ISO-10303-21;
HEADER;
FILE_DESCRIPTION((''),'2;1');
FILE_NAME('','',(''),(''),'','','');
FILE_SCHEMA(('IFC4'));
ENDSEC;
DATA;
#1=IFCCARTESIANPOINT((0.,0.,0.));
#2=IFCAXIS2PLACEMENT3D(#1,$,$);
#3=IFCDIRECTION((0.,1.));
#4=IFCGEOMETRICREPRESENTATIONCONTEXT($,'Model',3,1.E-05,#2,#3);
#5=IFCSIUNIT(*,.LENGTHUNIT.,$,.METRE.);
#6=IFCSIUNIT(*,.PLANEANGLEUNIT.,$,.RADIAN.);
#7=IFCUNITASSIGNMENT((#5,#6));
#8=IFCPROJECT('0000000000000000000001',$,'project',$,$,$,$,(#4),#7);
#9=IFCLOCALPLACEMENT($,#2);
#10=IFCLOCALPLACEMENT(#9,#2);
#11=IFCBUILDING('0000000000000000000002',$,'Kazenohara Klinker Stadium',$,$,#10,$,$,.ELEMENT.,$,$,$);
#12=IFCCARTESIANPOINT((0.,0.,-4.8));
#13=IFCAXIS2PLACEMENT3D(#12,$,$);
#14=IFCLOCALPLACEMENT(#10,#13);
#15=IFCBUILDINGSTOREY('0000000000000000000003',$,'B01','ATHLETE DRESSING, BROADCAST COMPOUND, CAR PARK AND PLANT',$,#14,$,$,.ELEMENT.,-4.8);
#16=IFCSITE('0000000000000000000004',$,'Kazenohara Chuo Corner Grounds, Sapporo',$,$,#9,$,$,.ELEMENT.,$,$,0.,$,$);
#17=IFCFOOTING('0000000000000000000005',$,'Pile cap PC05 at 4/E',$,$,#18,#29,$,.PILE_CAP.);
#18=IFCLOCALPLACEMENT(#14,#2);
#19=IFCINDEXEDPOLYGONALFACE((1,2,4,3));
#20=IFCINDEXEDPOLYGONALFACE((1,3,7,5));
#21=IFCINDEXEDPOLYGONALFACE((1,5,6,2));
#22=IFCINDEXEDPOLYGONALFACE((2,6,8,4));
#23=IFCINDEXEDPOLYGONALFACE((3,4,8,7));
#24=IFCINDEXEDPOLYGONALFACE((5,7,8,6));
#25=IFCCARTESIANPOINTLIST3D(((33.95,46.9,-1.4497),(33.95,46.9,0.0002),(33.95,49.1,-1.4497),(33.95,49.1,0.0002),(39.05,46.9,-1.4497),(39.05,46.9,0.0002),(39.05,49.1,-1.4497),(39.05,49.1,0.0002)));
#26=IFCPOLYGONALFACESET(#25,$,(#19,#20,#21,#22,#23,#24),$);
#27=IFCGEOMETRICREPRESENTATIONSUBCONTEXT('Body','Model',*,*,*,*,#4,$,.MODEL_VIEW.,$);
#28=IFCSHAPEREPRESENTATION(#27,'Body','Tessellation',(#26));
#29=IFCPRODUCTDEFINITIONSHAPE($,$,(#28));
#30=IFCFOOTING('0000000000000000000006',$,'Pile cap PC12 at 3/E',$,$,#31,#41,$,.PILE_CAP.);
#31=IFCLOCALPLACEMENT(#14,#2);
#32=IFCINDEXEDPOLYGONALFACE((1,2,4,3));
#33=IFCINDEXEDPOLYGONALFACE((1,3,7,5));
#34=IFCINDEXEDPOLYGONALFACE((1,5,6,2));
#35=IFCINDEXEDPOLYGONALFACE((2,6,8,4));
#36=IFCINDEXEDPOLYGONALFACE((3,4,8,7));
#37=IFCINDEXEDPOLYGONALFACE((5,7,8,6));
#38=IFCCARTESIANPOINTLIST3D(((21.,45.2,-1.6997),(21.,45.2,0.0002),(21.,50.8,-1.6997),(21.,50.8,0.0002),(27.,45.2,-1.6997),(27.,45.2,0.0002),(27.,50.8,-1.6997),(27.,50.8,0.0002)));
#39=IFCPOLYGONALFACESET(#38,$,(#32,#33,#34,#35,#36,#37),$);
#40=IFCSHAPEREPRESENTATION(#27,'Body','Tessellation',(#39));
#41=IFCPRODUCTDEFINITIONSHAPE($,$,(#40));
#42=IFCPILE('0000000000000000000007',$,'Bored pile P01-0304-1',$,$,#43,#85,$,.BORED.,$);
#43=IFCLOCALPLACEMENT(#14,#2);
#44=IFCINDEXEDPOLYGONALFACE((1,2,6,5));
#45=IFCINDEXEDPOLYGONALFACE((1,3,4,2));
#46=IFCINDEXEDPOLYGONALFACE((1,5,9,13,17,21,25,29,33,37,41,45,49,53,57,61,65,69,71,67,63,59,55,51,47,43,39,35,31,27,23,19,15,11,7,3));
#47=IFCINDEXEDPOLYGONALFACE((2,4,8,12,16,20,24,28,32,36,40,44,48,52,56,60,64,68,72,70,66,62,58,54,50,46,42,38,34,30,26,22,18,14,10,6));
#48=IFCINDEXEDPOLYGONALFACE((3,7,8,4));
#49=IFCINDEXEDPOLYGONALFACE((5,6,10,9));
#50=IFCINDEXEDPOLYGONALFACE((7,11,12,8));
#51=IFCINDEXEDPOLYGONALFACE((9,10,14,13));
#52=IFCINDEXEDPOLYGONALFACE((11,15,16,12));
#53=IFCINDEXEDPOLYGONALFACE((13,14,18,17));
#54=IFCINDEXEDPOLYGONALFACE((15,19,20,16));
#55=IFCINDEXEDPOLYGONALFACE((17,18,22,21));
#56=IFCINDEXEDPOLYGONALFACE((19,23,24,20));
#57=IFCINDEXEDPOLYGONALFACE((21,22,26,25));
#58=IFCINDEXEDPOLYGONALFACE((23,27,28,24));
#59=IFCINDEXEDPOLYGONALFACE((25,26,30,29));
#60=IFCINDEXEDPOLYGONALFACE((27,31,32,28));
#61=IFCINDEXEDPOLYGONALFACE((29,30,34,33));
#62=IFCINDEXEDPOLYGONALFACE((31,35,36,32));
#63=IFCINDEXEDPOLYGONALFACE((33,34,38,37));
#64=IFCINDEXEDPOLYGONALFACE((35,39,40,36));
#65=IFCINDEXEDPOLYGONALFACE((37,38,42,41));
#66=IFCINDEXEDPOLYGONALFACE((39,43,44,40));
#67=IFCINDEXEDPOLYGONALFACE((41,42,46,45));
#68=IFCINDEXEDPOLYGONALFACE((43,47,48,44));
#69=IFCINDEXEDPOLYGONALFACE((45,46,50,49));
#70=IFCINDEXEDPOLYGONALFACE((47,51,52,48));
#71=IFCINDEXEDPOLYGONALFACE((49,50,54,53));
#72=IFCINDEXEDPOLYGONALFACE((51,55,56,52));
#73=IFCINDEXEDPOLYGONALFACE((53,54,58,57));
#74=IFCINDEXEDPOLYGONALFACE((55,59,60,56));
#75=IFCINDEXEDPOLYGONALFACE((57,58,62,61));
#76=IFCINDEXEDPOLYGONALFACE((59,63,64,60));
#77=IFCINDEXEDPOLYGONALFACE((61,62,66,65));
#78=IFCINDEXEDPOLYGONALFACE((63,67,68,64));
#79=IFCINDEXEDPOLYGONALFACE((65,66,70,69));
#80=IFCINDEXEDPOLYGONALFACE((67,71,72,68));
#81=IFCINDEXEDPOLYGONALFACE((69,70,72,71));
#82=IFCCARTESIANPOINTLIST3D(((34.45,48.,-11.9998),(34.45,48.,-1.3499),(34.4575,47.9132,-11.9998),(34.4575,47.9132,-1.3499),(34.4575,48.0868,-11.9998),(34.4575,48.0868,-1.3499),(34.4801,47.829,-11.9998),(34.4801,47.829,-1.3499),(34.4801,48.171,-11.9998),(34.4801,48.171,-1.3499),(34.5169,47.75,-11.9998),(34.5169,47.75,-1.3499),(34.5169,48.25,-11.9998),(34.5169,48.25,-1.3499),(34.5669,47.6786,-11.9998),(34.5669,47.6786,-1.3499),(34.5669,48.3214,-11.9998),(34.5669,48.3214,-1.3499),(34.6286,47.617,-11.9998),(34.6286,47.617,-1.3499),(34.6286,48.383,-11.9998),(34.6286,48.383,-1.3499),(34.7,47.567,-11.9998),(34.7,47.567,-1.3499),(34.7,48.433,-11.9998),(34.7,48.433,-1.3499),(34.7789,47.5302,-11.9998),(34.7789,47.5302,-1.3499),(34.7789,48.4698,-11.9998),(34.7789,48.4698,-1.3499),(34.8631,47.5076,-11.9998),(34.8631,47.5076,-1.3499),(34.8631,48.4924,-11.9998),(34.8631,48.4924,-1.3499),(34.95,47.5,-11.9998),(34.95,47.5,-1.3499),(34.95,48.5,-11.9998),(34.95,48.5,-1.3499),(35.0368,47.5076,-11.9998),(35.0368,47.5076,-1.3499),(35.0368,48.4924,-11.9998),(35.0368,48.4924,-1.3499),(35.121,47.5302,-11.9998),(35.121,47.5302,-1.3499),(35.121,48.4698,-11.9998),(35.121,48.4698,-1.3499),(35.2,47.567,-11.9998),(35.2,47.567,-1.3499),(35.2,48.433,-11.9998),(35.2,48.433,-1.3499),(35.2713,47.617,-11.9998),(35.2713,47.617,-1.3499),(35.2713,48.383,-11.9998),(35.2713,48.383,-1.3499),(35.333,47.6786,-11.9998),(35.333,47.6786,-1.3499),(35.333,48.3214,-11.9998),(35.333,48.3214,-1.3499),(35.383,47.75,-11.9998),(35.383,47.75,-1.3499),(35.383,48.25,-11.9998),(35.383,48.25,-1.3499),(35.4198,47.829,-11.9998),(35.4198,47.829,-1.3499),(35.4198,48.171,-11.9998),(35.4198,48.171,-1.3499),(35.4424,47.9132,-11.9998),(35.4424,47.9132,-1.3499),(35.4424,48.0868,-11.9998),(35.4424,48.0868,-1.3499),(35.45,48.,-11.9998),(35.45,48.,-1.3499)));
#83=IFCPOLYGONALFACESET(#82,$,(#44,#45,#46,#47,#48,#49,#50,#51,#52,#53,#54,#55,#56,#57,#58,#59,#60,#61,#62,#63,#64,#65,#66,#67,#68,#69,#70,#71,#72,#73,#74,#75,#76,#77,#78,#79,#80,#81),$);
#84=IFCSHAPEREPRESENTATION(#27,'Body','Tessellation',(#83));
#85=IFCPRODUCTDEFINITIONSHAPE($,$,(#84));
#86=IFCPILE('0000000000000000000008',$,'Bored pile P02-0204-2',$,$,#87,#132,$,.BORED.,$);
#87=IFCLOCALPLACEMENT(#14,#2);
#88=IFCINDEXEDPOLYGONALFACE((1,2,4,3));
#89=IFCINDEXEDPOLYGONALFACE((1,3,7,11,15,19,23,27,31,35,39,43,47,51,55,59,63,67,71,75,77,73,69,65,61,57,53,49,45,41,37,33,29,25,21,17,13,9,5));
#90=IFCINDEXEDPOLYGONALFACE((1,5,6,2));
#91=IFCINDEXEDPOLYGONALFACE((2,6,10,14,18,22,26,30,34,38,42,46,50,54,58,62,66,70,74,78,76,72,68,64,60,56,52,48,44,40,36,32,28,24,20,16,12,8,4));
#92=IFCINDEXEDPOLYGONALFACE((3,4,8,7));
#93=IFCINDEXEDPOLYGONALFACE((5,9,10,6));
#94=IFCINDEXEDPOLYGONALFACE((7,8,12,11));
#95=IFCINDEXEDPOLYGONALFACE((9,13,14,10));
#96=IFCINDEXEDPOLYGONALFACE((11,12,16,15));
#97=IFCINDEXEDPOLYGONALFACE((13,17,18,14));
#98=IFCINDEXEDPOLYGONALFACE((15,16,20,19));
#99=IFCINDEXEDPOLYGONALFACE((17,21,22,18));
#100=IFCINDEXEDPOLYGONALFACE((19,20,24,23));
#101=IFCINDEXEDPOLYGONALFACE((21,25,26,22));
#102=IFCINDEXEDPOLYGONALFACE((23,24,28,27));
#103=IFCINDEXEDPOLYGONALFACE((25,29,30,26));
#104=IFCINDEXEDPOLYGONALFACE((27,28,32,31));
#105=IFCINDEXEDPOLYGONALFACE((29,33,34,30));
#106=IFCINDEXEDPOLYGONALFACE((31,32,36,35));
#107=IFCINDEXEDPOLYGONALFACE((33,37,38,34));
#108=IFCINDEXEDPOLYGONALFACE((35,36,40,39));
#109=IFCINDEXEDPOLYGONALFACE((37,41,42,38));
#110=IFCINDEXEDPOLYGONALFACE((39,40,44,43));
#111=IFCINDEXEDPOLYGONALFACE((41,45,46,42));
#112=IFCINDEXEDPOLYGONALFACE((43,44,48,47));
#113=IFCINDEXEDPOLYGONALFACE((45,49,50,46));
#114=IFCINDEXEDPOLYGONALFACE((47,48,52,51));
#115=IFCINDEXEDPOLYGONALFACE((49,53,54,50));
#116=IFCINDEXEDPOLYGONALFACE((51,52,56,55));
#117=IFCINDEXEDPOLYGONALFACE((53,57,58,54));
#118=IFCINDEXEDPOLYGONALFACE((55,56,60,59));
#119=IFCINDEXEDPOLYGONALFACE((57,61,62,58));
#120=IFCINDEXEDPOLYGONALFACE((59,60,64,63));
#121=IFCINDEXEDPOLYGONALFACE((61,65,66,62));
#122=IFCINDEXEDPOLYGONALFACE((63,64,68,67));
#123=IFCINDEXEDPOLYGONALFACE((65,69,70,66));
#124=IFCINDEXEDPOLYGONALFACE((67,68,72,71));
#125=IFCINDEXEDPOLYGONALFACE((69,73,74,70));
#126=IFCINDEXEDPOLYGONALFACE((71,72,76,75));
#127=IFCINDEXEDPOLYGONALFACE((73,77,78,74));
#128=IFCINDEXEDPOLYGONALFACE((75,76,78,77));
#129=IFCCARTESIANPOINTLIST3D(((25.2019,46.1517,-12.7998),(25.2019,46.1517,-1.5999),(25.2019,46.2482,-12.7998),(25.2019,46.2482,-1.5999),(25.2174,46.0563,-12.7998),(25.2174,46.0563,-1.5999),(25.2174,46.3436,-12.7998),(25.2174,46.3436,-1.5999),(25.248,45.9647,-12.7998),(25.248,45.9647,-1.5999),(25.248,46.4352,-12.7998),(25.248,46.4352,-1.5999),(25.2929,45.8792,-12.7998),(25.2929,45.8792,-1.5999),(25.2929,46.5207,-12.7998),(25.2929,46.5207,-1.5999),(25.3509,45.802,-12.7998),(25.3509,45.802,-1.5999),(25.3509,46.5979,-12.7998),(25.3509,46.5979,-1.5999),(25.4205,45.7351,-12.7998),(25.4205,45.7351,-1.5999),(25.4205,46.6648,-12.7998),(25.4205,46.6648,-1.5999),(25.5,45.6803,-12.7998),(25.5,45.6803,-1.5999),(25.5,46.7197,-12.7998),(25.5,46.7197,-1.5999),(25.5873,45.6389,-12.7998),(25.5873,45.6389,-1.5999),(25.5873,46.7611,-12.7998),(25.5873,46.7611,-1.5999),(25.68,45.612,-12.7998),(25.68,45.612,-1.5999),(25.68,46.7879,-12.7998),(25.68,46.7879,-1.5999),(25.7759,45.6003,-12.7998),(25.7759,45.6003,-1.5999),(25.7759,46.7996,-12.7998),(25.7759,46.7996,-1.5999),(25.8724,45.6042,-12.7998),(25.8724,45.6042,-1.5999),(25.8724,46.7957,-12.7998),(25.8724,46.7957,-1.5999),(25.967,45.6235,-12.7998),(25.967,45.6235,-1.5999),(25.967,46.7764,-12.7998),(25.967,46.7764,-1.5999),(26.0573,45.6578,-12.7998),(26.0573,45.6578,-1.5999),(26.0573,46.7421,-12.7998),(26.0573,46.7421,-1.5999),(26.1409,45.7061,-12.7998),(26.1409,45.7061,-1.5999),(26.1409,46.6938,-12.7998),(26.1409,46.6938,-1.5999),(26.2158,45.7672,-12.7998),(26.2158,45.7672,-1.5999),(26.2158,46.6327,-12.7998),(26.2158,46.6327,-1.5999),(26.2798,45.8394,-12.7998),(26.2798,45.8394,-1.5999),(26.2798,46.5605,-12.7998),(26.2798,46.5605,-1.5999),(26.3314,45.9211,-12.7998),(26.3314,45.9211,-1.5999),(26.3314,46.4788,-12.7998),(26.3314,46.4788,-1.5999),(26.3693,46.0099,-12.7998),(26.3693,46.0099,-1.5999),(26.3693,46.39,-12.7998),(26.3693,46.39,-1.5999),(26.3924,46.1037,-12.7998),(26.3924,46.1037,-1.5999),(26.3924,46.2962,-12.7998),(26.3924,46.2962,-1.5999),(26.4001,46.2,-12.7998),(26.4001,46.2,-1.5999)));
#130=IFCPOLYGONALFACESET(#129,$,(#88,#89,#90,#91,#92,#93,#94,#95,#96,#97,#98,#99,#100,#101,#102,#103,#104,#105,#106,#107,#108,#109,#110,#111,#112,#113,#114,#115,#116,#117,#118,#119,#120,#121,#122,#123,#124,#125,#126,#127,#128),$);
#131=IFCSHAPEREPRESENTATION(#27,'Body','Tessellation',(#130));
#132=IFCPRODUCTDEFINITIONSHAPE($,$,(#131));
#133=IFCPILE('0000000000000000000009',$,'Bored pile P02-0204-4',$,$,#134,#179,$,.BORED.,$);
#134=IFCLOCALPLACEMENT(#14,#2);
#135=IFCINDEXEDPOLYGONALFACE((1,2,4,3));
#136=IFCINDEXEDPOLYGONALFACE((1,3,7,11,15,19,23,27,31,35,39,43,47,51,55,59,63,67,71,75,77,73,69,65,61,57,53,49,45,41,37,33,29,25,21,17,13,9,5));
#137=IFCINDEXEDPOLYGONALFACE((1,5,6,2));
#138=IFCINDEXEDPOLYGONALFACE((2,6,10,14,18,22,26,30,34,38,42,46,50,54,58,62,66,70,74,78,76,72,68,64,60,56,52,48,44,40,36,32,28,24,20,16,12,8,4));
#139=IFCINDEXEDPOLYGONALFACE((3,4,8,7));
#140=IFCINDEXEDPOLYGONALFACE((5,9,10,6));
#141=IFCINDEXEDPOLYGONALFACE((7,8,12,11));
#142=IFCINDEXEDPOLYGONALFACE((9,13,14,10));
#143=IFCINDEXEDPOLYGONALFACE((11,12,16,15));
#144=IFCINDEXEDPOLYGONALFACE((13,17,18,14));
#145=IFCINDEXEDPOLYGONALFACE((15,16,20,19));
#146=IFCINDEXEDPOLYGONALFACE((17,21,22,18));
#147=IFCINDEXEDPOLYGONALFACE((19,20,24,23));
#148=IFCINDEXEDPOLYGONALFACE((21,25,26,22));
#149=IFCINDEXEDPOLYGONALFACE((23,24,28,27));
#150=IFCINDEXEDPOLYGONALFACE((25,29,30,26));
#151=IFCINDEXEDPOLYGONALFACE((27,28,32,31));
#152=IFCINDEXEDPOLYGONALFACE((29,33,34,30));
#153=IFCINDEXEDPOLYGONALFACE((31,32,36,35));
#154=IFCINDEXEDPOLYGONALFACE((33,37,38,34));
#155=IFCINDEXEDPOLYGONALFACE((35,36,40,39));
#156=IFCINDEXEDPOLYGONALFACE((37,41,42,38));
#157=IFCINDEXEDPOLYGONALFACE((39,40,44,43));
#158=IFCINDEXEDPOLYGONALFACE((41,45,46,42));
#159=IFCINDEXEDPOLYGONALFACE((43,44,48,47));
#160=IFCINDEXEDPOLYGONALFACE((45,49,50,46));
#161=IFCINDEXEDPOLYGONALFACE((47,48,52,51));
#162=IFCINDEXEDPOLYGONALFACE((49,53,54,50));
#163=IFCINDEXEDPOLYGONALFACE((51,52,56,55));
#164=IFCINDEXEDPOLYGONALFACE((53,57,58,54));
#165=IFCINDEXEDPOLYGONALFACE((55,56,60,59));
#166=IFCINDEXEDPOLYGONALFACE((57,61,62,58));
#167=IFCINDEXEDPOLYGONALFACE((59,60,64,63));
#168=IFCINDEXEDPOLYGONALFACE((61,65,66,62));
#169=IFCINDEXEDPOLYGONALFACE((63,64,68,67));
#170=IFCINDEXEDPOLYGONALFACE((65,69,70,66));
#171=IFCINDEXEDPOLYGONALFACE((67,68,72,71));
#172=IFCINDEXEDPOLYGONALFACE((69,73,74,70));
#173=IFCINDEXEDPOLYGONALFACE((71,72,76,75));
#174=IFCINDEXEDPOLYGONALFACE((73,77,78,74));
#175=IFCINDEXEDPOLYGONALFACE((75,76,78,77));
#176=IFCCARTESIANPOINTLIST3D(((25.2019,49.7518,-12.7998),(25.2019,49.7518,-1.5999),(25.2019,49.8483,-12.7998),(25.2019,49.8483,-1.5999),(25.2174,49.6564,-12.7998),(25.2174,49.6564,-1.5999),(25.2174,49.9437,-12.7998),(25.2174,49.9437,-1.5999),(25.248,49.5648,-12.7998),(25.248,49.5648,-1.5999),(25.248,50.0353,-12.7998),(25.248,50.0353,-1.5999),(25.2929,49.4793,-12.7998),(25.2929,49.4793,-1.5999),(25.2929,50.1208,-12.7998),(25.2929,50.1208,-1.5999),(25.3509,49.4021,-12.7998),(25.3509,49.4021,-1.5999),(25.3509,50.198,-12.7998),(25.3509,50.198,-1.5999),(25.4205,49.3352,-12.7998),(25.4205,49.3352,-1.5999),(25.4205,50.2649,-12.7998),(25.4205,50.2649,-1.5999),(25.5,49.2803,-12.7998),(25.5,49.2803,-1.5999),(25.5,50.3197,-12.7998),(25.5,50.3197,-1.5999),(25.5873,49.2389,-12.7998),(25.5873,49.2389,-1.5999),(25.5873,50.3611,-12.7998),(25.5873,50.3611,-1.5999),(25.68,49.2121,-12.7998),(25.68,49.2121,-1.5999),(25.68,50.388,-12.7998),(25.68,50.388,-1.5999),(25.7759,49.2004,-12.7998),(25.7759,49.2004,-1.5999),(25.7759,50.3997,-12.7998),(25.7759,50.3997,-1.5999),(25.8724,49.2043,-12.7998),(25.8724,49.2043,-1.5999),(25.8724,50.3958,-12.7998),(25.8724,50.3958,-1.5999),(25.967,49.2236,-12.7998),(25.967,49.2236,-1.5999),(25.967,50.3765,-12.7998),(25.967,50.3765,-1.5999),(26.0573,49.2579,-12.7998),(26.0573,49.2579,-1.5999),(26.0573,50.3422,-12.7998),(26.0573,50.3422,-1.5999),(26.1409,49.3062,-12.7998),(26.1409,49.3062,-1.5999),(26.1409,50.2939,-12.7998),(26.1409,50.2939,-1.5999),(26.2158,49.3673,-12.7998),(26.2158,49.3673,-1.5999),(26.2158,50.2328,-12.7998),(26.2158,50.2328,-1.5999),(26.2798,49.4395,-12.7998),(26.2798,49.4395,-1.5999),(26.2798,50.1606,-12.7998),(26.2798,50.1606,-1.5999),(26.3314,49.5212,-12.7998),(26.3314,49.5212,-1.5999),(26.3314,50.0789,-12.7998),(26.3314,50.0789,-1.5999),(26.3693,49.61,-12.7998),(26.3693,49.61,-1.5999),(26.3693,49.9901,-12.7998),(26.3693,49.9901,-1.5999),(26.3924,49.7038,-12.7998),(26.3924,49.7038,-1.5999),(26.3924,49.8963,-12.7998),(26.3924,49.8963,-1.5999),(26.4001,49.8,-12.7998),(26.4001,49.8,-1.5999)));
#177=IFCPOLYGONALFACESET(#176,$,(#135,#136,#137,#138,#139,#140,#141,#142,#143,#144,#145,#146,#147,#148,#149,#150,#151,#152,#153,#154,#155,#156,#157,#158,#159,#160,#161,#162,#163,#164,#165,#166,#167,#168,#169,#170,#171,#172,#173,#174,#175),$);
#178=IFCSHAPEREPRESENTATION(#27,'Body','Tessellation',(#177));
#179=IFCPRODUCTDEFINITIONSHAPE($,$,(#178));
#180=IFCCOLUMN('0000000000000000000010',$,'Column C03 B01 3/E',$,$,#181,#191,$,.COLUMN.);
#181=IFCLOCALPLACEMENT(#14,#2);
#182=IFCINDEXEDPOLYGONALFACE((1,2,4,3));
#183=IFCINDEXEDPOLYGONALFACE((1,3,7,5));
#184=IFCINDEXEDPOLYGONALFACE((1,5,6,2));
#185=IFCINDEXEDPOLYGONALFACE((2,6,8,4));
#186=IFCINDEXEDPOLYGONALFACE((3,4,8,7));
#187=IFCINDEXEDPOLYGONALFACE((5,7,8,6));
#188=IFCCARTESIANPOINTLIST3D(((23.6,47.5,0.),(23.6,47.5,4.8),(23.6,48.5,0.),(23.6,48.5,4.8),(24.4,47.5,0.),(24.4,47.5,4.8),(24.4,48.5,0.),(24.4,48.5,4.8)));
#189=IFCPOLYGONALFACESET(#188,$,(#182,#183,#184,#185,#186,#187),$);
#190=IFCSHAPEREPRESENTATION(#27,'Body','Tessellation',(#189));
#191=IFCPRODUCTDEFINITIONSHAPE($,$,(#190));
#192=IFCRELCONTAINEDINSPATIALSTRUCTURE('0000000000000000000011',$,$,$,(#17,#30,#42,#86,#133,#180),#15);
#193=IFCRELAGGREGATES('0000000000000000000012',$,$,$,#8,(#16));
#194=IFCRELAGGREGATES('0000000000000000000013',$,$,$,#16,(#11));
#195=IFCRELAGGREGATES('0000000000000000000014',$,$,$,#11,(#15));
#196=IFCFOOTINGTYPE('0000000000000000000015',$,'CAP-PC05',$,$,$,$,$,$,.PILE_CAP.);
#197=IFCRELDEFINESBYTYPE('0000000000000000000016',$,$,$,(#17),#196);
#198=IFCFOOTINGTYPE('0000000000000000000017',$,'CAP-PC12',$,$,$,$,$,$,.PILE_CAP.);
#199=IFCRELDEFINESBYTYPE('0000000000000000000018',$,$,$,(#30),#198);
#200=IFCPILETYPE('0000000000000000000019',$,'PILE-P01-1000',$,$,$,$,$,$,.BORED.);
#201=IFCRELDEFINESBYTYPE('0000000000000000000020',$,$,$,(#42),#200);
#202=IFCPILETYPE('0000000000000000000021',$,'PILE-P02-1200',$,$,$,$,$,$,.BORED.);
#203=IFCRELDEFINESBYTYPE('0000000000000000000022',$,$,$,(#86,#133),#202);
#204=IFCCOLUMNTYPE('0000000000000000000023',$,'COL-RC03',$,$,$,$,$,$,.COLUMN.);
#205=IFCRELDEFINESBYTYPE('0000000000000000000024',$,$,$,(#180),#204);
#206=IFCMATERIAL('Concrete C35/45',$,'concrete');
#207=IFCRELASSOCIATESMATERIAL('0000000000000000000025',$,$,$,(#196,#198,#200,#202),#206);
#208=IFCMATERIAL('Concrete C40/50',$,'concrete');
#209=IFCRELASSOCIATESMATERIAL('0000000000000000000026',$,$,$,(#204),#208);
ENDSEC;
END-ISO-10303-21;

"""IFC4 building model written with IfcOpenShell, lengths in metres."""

from ifc_helpers import new_model, si_unit, direction, frame, origin, origin_2d, place, context, subcontext, project, spatial, rectangle, circle, extrude, material, material_profile, profile_set, type_object, element, save


model = new_model("IFC4")

# Units and contexts
model_context = context("Model", 3, precision=1e-05, world=origin(), true_north=direction((0.0, 1.0)))
body_context = subcontext(model_context, "Body", "Model", "MODEL_VIEW")
ifc_project = project(units=[si_unit("LENGTHUNIT", "METRE"), si_unit("PLANEANGLEUNIT", "RADIAN")], contexts=[model_context])

# Site, building, storey
site_placement = place(None, origin())
site = spatial("IfcSite", under=ifc_project, at=site_placement, Name="Kazenohara Chuo Corner Grounds, Sapporo", CompositionType="ELEMENT", RefElevation=0.0)
building_placement = place(site_placement, origin())
building = spatial("IfcBuilding", under=site, at=building_placement, Name="Kazenohara Klinker Stadium", CompositionType="ELEMENT")
storey_placement = place(building_placement, frame((0.0, 0.0, -4.8)))
storey = spatial("IfcBuildingStorey", under=building, at=storey_placement, Name="B01", Description="ATHLETE DRESSING, BROADCAST COMPOUND, CAR PARK AND PLANT", CompositionType="ELEMENT", Elevation=-4.8)

# Footings
ifc_material_1 = material(Name="Concrete C35/45", Category="concrete")
footing_type_1 = type_object("IfcFootingType", Name="CAP-PC05", PredefinedType="PILE_CAP", material=ifc_material_1)
footing_1_placement = place(storey_placement, frame((36.5, 48.0, -1.4497), z_axis=(0.0, 0.0, 1.0), x_axis=(1.0, 0.0, 0.0)))
element("IfcFooting", 1, at=footing_1_placement, inside=storey, type_object=footing_type_1, Name="Pile cap PC05 at 4/E", PredefinedType="PILE_CAP", context=body_context, shape_type="SweptSolid", body=[
    extrude(rectangle(XDim=5.1001, YDim=2.2, at=origin_2d()), origin(), (0.0, 0.0, 1.0), 1.45),
])
footing_type_2 = type_object("IfcFootingType", Name="CAP-PC12", PredefinedType="PILE_CAP", material=ifc_material_1)
footing_2_placement = place(storey_placement, frame((24.0, 48.0, -1.6997), z_axis=(0.0, 0.0, 1.0), x_axis=(1.0, 0.0, 0.0)))
element("IfcFooting", 2, at=footing_2_placement, inside=storey, type_object=footing_type_2, Name="Pile cap PC12 at 3/E", PredefinedType="PILE_CAP", context=body_context, shape_type="SweptSolid", body=[
    extrude(rectangle(XDim=6.0, YDim=5.6001, at=origin_2d()), origin(), (0.0, 0.0, 1.0), 1.7),
])

# Piles
ifc_material_profile_1 = material_profile(ifc_material_1, circle(Radius=0.5, at=origin_2d()), Name="BORED-PILE-1000")
ifc_profile_set_1 = profile_set([ifc_material_profile_1], Name="Concrete C35/45")
pile_type_1 = type_object("IfcPileType", Name="PILE-P01-1000", PredefinedType="BORED", material=ifc_profile_set_1)
pile_placement = place(storey_placement, frame((34.95, 48.0, -1.3499), z_axis=(0.0, 0.0, -1.0), x_axis=(1.0, 0.0, 0.0)))
element("IfcPile", 3, at=pile_placement, inside=storey, type_object=pile_type_1, Name="Bored pile P01-0304-1", PredefinedType="BORED", context=body_context, shape_type="SweptSolid", body=[
    extrude(circle(Radius=0.5, at=origin_2d()), origin(), (0.0, 0.0, 1.0), 10.6499),
])
ifc_material_profile_2 = material_profile(ifc_material_1, circle(Radius=0.6001, at=origin_2d()), Name="BORED-PILE-1200")
ifc_profile_set_2 = profile_set([ifc_material_profile_2], Name="Concrete C35/45")
pile_type_2 = type_object("IfcPileType", Name="PILE-P02-1200", PredefinedType="BORED", material=ifc_profile_set_2)
for number, where, z_axis, x_axis, name in (
    (4, (25.8, 46.2, -1.5999), (0.0, 0.0, -1.0), (1.0, 0.0, 0.0), "Bored pile P02-0204-2"),
    (5, (25.8, 49.8, -1.5999), (0.0, 0.0, -1.0), (1.0, 0.0, 0.0), "Bored pile P02-0204-4"),
):
    element("IfcPile", number, at=place(storey_placement, frame(where, z_axis=z_axis, x_axis=x_axis)), inside=storey, type_object=pile_type_2, Name=name, PredefinedType="BORED", context=body_context, shape_type="SweptSolid", body=[
        extrude(circle(Radius=0.6001, at=origin_2d()), origin(), (0.0, 0.0, 1.0), 11.2),
    ])

# Column
ifc_material_2 = material(Name="Concrete C40/50", Category="concrete")
ifc_material_profile_3 = material_profile(ifc_material_2, rectangle(XDim=0.8, YDim=1.0, at=origin_2d()), Name="RC-COL-1000x800")
ifc_profile_set_3 = profile_set([ifc_material_profile_3], Name="Concrete C40/50")
column_type_1 = type_object("IfcColumnType", Name="COL-RC03", PredefinedType="COLUMN", material=ifc_profile_set_3)
column_1_placement = place(storey_placement, frame((24.0, 48.0, 0.0), z_axis=(0.0, 0.0, 1.0), x_axis=(1.0, 0.0, 0.0)))
element("IfcColumn", 6, at=column_1_placement, inside=storey, type_object=column_type_1, Name="Column C03 B01 3/E", PredefinedType="COLUMN", context=body_context, shape_type="SweptSolid", body=[
    extrude(rectangle(XDim=0.8, YDim=1.0, at=origin_2d()), origin(), (0.0, 0.0, 1.0), 4.8),
])

save(model, "model.ifc")
